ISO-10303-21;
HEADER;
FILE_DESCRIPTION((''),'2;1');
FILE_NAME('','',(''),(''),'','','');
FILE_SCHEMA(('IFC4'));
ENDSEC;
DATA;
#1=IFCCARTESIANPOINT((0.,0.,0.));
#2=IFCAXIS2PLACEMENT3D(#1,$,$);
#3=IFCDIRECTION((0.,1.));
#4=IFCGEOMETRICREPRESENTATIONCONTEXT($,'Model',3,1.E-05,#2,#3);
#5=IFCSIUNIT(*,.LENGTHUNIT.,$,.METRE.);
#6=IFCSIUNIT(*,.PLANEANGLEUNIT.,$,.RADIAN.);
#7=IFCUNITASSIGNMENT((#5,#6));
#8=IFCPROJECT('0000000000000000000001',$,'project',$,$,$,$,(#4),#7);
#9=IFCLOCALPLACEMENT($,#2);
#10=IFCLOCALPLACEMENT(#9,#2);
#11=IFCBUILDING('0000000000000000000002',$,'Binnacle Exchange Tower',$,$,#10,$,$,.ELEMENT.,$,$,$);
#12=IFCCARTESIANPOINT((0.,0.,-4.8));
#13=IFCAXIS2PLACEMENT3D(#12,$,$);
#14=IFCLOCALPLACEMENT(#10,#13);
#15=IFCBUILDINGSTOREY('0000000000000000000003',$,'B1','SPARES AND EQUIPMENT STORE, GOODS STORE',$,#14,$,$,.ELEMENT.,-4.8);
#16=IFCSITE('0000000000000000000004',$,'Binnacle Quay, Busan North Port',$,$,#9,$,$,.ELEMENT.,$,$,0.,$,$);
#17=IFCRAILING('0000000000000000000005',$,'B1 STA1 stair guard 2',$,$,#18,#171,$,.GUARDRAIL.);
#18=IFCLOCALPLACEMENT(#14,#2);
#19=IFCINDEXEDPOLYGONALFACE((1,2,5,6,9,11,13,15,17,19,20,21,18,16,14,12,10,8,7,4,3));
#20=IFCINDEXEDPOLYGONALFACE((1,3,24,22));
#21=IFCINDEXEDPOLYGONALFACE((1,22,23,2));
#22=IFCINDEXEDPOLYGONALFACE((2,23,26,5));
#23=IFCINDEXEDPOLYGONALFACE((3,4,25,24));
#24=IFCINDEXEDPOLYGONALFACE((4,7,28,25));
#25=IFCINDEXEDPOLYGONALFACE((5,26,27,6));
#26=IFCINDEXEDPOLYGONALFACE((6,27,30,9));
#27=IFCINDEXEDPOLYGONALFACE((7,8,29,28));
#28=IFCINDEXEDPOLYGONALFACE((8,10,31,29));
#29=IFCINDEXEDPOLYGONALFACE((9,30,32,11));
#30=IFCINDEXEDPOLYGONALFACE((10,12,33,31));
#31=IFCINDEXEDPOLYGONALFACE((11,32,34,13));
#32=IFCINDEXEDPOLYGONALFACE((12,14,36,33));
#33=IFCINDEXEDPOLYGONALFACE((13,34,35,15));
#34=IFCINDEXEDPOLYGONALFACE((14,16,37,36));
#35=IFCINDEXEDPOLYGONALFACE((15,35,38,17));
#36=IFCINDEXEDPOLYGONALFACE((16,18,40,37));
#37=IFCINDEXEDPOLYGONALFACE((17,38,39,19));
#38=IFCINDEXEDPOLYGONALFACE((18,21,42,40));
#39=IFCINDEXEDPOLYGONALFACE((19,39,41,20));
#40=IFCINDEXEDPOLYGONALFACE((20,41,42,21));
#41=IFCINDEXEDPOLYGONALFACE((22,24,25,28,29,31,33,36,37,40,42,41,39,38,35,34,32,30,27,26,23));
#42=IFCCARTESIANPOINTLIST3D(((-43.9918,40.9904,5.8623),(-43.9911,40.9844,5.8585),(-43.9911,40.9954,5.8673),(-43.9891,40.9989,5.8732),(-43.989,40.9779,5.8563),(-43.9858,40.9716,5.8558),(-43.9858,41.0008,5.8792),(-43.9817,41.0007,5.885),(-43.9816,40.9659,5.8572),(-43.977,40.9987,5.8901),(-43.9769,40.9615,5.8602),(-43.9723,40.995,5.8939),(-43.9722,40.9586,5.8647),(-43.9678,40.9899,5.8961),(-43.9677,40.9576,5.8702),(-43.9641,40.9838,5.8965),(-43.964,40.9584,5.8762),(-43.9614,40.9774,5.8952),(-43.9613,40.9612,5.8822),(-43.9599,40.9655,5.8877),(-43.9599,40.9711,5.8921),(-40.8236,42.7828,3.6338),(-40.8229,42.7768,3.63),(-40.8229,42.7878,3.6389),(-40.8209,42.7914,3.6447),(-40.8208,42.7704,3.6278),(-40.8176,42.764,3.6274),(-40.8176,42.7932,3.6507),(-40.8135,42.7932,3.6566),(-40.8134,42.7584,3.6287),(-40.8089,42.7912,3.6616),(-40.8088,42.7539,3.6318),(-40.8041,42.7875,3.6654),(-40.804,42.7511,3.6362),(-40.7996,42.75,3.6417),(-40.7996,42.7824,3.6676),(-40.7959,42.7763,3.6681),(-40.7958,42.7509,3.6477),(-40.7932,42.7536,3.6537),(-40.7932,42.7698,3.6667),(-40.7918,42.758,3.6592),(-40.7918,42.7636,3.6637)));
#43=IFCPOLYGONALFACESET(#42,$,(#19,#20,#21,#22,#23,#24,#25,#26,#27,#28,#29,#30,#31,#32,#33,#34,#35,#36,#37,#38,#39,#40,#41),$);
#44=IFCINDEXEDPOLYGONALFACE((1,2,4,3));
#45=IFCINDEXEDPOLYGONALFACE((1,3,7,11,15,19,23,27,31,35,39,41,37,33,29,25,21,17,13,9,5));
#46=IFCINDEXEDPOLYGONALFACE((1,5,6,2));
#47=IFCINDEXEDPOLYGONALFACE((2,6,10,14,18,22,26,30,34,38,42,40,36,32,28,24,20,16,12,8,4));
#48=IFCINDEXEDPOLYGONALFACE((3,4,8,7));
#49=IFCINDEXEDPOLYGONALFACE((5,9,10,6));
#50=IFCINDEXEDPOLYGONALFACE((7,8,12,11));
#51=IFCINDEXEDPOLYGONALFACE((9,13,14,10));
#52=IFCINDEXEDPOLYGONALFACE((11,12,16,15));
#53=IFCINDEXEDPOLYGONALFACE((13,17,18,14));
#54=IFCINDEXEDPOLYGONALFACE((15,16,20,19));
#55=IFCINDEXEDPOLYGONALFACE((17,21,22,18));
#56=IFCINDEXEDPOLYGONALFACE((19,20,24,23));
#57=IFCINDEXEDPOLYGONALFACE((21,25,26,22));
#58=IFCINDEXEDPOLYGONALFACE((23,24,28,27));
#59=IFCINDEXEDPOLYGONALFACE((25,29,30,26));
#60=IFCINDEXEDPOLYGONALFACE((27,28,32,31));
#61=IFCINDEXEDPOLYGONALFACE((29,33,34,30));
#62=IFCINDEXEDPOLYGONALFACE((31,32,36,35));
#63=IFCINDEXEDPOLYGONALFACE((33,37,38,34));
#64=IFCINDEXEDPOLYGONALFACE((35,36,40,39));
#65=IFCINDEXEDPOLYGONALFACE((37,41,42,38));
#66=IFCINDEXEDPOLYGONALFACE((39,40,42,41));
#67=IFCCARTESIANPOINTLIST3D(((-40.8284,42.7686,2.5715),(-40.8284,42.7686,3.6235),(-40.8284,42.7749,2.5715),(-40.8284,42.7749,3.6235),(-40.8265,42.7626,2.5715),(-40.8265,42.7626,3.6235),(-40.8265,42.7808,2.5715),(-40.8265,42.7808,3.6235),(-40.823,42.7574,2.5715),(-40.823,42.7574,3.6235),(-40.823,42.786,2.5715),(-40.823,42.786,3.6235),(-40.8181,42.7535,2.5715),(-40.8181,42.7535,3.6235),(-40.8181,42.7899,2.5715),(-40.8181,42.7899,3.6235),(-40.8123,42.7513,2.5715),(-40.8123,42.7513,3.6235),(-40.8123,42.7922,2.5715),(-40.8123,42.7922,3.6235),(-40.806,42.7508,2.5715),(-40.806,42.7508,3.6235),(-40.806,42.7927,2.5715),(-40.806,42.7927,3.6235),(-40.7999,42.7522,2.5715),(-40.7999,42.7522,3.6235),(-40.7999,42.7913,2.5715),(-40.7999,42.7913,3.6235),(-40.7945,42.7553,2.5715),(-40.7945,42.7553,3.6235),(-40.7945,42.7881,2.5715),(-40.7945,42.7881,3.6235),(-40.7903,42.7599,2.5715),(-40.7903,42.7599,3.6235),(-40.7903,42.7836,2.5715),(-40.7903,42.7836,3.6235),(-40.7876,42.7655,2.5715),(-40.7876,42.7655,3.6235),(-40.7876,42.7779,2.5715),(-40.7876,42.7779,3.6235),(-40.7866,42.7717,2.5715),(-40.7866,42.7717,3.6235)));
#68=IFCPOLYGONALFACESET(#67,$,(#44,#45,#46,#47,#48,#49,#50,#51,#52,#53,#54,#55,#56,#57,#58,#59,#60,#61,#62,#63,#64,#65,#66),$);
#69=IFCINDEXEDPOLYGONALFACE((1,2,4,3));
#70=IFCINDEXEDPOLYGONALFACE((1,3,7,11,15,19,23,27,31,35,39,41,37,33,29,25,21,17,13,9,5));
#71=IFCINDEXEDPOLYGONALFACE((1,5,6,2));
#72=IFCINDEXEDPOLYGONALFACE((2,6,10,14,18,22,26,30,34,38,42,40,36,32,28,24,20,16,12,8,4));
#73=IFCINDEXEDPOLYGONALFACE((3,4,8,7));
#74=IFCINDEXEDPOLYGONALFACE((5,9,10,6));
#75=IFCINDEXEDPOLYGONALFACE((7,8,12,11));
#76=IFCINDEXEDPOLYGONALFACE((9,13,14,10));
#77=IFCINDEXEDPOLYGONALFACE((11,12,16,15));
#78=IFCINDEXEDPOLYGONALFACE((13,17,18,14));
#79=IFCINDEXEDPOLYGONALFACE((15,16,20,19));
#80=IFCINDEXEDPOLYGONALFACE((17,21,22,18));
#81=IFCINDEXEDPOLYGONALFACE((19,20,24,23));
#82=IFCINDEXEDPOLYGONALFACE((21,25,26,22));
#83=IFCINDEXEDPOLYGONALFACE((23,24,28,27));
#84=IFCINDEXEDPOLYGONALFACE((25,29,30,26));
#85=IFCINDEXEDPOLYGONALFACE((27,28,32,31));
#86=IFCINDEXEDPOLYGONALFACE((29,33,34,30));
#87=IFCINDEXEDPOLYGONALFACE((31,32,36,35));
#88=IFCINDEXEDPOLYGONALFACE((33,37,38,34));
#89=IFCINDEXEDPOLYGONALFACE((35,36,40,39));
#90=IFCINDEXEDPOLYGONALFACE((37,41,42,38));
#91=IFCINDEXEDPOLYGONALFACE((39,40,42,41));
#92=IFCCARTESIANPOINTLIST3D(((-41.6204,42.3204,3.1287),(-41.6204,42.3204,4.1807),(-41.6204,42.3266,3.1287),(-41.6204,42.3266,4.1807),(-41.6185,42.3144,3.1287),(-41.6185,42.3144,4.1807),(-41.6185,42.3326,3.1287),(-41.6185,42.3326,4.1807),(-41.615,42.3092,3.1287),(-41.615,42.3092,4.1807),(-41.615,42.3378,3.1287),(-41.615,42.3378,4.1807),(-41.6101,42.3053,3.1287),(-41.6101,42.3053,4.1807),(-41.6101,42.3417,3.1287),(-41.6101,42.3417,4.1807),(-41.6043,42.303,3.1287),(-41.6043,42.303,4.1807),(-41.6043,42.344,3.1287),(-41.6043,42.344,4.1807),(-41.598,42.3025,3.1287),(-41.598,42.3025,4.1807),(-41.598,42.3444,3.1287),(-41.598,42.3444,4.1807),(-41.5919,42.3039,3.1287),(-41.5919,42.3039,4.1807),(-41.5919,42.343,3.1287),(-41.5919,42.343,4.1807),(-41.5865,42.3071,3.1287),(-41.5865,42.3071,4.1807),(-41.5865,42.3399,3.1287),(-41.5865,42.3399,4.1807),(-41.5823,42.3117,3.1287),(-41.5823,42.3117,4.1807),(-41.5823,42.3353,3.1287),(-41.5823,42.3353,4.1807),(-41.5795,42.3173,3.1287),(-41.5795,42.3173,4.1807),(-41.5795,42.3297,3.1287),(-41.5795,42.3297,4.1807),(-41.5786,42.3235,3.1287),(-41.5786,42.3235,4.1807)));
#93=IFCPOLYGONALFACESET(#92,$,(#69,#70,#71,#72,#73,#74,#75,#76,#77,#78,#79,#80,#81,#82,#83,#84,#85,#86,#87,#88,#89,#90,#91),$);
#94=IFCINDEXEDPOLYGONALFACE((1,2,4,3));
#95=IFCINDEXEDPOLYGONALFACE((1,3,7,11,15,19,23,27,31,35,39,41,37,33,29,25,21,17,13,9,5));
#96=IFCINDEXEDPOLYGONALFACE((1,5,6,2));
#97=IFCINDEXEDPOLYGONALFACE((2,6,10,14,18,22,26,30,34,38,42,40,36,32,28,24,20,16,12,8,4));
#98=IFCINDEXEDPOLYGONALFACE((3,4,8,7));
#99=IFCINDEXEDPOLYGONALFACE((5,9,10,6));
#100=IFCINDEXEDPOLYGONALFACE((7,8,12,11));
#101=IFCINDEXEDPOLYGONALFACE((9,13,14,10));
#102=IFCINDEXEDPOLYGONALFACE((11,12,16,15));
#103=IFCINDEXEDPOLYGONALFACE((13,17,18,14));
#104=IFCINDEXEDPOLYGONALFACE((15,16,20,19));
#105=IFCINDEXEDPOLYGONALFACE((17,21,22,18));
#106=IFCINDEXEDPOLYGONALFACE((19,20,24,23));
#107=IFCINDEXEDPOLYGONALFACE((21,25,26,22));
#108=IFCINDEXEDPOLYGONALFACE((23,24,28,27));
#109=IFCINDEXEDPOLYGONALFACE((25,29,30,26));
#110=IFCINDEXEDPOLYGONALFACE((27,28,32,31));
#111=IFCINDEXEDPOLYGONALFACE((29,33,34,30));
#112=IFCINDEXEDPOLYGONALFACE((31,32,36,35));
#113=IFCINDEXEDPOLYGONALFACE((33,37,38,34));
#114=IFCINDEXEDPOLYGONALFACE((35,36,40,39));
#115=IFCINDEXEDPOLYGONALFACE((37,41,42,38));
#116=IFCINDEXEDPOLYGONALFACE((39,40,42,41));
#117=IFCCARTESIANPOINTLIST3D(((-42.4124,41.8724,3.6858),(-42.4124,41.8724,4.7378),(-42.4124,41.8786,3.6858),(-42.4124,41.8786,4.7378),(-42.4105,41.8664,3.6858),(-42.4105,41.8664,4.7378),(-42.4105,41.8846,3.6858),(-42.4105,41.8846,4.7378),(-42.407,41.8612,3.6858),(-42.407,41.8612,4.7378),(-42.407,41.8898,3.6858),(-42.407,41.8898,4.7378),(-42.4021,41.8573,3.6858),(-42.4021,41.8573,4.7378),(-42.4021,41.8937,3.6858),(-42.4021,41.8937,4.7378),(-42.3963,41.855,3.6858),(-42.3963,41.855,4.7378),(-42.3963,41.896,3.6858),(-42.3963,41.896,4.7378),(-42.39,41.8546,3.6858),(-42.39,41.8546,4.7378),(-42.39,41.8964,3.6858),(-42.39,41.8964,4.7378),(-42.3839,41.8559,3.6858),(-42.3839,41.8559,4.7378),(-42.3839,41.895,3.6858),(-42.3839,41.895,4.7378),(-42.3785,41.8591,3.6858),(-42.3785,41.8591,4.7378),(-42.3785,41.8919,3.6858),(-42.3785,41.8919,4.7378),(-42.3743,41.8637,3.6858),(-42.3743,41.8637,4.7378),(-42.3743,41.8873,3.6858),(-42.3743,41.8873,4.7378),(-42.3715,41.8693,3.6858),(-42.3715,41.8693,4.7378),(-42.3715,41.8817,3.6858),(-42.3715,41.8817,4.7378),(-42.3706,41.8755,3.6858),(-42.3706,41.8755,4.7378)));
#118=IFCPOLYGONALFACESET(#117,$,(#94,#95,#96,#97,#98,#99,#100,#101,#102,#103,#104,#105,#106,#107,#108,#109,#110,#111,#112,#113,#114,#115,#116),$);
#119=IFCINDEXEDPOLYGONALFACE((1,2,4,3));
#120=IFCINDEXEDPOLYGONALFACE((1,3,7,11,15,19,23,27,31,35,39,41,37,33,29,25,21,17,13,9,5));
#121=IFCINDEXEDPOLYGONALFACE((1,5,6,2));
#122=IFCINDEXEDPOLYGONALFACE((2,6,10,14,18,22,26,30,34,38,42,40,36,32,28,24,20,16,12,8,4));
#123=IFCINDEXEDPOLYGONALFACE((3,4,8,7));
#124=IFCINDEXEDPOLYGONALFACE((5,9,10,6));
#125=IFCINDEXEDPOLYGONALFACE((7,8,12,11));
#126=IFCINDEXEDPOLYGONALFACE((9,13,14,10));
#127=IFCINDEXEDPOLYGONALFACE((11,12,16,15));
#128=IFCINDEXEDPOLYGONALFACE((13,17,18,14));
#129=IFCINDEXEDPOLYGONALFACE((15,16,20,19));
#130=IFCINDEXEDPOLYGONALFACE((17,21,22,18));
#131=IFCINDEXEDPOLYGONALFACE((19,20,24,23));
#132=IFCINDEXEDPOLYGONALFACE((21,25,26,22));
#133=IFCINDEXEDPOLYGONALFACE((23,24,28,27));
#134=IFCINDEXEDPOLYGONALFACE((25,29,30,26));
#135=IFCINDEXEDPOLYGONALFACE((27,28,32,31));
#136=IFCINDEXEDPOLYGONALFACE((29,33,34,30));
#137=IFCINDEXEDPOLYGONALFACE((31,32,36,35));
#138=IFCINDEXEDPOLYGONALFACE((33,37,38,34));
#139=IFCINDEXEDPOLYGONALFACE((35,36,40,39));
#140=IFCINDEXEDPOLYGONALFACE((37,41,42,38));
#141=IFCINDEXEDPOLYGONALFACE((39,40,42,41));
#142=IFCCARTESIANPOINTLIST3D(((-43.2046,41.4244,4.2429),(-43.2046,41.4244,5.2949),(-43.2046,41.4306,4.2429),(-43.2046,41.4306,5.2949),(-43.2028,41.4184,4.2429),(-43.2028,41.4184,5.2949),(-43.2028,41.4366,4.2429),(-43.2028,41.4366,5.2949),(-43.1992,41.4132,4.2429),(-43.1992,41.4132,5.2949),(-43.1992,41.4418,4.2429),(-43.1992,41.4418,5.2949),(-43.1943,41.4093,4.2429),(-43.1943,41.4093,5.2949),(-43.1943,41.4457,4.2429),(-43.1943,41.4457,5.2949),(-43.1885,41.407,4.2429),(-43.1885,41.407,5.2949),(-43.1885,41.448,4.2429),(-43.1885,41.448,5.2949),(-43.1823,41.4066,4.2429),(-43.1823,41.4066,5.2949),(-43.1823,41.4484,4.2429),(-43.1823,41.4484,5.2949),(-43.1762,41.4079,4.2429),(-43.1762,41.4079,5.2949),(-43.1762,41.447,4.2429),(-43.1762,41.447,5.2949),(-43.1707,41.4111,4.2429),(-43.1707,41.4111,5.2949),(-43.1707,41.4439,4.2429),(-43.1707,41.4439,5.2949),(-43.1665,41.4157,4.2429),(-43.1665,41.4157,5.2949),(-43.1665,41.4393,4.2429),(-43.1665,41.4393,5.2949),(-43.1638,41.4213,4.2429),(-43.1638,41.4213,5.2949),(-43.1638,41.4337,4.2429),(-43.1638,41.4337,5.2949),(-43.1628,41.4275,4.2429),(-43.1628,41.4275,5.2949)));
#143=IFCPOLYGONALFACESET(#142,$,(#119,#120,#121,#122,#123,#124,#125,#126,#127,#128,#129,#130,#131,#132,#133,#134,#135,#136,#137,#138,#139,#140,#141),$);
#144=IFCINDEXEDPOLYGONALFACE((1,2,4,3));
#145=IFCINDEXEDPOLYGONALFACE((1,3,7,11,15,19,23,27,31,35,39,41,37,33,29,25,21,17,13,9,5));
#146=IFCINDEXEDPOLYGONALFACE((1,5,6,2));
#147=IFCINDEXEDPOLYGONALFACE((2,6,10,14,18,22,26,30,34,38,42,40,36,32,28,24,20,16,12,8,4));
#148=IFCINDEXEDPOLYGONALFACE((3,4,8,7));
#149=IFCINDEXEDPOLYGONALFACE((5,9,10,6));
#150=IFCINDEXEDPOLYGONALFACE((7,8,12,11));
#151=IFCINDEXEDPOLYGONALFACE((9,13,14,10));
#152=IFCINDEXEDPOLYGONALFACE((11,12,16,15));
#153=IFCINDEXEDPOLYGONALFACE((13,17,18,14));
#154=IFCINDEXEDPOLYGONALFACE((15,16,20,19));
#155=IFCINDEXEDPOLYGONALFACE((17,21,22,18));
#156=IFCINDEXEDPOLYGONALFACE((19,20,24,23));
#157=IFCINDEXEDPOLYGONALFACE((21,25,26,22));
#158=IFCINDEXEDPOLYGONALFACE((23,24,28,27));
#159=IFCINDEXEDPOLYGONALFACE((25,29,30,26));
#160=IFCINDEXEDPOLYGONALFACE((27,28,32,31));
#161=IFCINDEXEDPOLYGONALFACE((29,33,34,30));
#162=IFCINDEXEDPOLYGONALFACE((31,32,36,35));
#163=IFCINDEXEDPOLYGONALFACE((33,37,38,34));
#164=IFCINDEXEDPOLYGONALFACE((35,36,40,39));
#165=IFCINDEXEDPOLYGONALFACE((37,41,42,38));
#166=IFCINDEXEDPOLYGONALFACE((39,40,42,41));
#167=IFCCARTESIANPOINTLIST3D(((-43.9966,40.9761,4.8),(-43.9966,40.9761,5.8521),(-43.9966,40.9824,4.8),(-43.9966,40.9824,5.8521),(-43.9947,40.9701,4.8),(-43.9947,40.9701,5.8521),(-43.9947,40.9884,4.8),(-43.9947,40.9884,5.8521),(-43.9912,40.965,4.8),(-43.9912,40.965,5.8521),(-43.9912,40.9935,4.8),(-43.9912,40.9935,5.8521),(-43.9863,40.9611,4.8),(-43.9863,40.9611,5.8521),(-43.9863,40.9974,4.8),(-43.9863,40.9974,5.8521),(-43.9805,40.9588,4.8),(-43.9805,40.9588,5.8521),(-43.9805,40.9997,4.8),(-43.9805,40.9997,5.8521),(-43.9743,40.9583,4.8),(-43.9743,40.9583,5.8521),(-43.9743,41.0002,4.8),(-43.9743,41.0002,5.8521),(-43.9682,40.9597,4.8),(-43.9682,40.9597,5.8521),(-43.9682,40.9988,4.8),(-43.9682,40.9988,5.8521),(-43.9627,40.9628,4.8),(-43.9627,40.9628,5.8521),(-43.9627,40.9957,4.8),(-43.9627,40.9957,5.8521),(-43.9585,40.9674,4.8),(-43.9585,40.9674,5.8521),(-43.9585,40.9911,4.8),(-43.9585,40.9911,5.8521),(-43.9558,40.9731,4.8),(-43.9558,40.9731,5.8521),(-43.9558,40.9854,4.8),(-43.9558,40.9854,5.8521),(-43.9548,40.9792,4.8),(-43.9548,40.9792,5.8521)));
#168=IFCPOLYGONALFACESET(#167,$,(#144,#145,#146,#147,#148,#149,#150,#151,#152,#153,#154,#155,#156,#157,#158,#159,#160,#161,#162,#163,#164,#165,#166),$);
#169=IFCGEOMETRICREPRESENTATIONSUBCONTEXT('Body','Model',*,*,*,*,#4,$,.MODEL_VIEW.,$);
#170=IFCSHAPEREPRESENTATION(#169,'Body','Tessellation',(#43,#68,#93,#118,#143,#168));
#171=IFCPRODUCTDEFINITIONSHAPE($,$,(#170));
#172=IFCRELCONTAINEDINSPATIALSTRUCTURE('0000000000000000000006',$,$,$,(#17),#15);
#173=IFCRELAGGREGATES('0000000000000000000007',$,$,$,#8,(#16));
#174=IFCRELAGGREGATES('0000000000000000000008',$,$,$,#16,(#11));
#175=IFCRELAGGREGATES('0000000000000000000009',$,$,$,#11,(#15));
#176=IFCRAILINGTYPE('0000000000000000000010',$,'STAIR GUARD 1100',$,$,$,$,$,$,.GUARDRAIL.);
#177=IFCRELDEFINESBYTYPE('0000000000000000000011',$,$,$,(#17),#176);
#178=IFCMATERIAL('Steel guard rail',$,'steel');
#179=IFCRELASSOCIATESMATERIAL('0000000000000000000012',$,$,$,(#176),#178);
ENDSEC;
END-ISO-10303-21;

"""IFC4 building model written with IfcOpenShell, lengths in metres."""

from ifc_helpers import new_model, si_unit, direction, frame, origin, origin_2d, place, context, subcontext, project, spatial, circle, extrude, material, type_object, element, save


model = new_model("IFC4")

# Units and contexts
model_context = context("Model", 3, precision=1e-05, world=origin(), true_north=direction((0.0, 1.0)))
body_context = subcontext(model_context, "Body", "Model", "MODEL_VIEW")
ifc_project = project(units=[si_unit("LENGTHUNIT", "METRE"), si_unit("PLANEANGLEUNIT", "RADIAN")], contexts=[model_context])

# Site, building, storey
site_placement = place(None, origin())
site = spatial("IfcSite", under=ifc_project, at=site_placement, Name="Binnacle Quay, Busan North Port", CompositionType="ELEMENT", RefElevation=0.0)
building_placement = place(site_placement, origin())
building = spatial("IfcBuilding", under=site, at=building_placement, Name="Binnacle Exchange Tower", CompositionType="ELEMENT")
storey_placement = place(building_placement, frame((0.0, 0.0, -4.8)))
storey = spatial("IfcBuildingStorey", under=building, at=storey_placement, Name="B1", Description="SPARES AND EQUIPMENT STORE, GOODS STORE", CompositionType="ELEMENT", Elevation=-4.8)

# Railing
ifc_material_1 = material(Name="Steel guard rail", Category="steel")
railing_type_1 = type_object("IfcRailingType", Name="STAIR GUARD 1100", PredefinedType="GUARDRAIL", material=ifc_material_1)
railing_1_placement = place(storey_placement, frame((-40.8076, 42.7717, 2.5715)))
element("IfcRailing", 1, at=railing_1_placement, inside=storey, type_object=railing_type_1, Name="B1 STA1 stair guard 2", PredefinedType="GUARDRAIL", context=body_context, shape_type="SweptSolid", body=[
    extrude(circle(Radius=0.0239, at=origin_2d()), frame((0.0, 0.0, 1.0762), z_axis=(-0.742297, -0.41997, 0.522131), x_axis=(0.492422, -0.870357, 0.0)), (0.0, 0.0, 1.0), 4.2681),
    extrude(circle(Radius=0.021, at=origin_2d()), origin(), (0.0, 0.0, 1.0), 1.052),
    extrude(circle(Radius=0.021, at=origin_2d()), frame((-0.792, -0.4482, 0.5571)), (0.0, 0.0, 1.0), 1.052),
    extrude(circle(Radius=0.021, at=origin_2d()), frame((-1.584, -0.8962, 1.1143)), (0.0, 0.0, 1.0), 1.052),
    extrude(circle(Radius=0.021, at=origin_2d()), frame((-2.3762, -1.3442, 1.6714)), (0.0, 0.0, 1.0), 1.052),
    extrude(circle(Radius=0.021, at=origin_2d()), frame((-3.1682, -1.7925, 2.2285)), (0.0, 0.0, 1.0), 1.052),
])

save(model, "model.ifc")
